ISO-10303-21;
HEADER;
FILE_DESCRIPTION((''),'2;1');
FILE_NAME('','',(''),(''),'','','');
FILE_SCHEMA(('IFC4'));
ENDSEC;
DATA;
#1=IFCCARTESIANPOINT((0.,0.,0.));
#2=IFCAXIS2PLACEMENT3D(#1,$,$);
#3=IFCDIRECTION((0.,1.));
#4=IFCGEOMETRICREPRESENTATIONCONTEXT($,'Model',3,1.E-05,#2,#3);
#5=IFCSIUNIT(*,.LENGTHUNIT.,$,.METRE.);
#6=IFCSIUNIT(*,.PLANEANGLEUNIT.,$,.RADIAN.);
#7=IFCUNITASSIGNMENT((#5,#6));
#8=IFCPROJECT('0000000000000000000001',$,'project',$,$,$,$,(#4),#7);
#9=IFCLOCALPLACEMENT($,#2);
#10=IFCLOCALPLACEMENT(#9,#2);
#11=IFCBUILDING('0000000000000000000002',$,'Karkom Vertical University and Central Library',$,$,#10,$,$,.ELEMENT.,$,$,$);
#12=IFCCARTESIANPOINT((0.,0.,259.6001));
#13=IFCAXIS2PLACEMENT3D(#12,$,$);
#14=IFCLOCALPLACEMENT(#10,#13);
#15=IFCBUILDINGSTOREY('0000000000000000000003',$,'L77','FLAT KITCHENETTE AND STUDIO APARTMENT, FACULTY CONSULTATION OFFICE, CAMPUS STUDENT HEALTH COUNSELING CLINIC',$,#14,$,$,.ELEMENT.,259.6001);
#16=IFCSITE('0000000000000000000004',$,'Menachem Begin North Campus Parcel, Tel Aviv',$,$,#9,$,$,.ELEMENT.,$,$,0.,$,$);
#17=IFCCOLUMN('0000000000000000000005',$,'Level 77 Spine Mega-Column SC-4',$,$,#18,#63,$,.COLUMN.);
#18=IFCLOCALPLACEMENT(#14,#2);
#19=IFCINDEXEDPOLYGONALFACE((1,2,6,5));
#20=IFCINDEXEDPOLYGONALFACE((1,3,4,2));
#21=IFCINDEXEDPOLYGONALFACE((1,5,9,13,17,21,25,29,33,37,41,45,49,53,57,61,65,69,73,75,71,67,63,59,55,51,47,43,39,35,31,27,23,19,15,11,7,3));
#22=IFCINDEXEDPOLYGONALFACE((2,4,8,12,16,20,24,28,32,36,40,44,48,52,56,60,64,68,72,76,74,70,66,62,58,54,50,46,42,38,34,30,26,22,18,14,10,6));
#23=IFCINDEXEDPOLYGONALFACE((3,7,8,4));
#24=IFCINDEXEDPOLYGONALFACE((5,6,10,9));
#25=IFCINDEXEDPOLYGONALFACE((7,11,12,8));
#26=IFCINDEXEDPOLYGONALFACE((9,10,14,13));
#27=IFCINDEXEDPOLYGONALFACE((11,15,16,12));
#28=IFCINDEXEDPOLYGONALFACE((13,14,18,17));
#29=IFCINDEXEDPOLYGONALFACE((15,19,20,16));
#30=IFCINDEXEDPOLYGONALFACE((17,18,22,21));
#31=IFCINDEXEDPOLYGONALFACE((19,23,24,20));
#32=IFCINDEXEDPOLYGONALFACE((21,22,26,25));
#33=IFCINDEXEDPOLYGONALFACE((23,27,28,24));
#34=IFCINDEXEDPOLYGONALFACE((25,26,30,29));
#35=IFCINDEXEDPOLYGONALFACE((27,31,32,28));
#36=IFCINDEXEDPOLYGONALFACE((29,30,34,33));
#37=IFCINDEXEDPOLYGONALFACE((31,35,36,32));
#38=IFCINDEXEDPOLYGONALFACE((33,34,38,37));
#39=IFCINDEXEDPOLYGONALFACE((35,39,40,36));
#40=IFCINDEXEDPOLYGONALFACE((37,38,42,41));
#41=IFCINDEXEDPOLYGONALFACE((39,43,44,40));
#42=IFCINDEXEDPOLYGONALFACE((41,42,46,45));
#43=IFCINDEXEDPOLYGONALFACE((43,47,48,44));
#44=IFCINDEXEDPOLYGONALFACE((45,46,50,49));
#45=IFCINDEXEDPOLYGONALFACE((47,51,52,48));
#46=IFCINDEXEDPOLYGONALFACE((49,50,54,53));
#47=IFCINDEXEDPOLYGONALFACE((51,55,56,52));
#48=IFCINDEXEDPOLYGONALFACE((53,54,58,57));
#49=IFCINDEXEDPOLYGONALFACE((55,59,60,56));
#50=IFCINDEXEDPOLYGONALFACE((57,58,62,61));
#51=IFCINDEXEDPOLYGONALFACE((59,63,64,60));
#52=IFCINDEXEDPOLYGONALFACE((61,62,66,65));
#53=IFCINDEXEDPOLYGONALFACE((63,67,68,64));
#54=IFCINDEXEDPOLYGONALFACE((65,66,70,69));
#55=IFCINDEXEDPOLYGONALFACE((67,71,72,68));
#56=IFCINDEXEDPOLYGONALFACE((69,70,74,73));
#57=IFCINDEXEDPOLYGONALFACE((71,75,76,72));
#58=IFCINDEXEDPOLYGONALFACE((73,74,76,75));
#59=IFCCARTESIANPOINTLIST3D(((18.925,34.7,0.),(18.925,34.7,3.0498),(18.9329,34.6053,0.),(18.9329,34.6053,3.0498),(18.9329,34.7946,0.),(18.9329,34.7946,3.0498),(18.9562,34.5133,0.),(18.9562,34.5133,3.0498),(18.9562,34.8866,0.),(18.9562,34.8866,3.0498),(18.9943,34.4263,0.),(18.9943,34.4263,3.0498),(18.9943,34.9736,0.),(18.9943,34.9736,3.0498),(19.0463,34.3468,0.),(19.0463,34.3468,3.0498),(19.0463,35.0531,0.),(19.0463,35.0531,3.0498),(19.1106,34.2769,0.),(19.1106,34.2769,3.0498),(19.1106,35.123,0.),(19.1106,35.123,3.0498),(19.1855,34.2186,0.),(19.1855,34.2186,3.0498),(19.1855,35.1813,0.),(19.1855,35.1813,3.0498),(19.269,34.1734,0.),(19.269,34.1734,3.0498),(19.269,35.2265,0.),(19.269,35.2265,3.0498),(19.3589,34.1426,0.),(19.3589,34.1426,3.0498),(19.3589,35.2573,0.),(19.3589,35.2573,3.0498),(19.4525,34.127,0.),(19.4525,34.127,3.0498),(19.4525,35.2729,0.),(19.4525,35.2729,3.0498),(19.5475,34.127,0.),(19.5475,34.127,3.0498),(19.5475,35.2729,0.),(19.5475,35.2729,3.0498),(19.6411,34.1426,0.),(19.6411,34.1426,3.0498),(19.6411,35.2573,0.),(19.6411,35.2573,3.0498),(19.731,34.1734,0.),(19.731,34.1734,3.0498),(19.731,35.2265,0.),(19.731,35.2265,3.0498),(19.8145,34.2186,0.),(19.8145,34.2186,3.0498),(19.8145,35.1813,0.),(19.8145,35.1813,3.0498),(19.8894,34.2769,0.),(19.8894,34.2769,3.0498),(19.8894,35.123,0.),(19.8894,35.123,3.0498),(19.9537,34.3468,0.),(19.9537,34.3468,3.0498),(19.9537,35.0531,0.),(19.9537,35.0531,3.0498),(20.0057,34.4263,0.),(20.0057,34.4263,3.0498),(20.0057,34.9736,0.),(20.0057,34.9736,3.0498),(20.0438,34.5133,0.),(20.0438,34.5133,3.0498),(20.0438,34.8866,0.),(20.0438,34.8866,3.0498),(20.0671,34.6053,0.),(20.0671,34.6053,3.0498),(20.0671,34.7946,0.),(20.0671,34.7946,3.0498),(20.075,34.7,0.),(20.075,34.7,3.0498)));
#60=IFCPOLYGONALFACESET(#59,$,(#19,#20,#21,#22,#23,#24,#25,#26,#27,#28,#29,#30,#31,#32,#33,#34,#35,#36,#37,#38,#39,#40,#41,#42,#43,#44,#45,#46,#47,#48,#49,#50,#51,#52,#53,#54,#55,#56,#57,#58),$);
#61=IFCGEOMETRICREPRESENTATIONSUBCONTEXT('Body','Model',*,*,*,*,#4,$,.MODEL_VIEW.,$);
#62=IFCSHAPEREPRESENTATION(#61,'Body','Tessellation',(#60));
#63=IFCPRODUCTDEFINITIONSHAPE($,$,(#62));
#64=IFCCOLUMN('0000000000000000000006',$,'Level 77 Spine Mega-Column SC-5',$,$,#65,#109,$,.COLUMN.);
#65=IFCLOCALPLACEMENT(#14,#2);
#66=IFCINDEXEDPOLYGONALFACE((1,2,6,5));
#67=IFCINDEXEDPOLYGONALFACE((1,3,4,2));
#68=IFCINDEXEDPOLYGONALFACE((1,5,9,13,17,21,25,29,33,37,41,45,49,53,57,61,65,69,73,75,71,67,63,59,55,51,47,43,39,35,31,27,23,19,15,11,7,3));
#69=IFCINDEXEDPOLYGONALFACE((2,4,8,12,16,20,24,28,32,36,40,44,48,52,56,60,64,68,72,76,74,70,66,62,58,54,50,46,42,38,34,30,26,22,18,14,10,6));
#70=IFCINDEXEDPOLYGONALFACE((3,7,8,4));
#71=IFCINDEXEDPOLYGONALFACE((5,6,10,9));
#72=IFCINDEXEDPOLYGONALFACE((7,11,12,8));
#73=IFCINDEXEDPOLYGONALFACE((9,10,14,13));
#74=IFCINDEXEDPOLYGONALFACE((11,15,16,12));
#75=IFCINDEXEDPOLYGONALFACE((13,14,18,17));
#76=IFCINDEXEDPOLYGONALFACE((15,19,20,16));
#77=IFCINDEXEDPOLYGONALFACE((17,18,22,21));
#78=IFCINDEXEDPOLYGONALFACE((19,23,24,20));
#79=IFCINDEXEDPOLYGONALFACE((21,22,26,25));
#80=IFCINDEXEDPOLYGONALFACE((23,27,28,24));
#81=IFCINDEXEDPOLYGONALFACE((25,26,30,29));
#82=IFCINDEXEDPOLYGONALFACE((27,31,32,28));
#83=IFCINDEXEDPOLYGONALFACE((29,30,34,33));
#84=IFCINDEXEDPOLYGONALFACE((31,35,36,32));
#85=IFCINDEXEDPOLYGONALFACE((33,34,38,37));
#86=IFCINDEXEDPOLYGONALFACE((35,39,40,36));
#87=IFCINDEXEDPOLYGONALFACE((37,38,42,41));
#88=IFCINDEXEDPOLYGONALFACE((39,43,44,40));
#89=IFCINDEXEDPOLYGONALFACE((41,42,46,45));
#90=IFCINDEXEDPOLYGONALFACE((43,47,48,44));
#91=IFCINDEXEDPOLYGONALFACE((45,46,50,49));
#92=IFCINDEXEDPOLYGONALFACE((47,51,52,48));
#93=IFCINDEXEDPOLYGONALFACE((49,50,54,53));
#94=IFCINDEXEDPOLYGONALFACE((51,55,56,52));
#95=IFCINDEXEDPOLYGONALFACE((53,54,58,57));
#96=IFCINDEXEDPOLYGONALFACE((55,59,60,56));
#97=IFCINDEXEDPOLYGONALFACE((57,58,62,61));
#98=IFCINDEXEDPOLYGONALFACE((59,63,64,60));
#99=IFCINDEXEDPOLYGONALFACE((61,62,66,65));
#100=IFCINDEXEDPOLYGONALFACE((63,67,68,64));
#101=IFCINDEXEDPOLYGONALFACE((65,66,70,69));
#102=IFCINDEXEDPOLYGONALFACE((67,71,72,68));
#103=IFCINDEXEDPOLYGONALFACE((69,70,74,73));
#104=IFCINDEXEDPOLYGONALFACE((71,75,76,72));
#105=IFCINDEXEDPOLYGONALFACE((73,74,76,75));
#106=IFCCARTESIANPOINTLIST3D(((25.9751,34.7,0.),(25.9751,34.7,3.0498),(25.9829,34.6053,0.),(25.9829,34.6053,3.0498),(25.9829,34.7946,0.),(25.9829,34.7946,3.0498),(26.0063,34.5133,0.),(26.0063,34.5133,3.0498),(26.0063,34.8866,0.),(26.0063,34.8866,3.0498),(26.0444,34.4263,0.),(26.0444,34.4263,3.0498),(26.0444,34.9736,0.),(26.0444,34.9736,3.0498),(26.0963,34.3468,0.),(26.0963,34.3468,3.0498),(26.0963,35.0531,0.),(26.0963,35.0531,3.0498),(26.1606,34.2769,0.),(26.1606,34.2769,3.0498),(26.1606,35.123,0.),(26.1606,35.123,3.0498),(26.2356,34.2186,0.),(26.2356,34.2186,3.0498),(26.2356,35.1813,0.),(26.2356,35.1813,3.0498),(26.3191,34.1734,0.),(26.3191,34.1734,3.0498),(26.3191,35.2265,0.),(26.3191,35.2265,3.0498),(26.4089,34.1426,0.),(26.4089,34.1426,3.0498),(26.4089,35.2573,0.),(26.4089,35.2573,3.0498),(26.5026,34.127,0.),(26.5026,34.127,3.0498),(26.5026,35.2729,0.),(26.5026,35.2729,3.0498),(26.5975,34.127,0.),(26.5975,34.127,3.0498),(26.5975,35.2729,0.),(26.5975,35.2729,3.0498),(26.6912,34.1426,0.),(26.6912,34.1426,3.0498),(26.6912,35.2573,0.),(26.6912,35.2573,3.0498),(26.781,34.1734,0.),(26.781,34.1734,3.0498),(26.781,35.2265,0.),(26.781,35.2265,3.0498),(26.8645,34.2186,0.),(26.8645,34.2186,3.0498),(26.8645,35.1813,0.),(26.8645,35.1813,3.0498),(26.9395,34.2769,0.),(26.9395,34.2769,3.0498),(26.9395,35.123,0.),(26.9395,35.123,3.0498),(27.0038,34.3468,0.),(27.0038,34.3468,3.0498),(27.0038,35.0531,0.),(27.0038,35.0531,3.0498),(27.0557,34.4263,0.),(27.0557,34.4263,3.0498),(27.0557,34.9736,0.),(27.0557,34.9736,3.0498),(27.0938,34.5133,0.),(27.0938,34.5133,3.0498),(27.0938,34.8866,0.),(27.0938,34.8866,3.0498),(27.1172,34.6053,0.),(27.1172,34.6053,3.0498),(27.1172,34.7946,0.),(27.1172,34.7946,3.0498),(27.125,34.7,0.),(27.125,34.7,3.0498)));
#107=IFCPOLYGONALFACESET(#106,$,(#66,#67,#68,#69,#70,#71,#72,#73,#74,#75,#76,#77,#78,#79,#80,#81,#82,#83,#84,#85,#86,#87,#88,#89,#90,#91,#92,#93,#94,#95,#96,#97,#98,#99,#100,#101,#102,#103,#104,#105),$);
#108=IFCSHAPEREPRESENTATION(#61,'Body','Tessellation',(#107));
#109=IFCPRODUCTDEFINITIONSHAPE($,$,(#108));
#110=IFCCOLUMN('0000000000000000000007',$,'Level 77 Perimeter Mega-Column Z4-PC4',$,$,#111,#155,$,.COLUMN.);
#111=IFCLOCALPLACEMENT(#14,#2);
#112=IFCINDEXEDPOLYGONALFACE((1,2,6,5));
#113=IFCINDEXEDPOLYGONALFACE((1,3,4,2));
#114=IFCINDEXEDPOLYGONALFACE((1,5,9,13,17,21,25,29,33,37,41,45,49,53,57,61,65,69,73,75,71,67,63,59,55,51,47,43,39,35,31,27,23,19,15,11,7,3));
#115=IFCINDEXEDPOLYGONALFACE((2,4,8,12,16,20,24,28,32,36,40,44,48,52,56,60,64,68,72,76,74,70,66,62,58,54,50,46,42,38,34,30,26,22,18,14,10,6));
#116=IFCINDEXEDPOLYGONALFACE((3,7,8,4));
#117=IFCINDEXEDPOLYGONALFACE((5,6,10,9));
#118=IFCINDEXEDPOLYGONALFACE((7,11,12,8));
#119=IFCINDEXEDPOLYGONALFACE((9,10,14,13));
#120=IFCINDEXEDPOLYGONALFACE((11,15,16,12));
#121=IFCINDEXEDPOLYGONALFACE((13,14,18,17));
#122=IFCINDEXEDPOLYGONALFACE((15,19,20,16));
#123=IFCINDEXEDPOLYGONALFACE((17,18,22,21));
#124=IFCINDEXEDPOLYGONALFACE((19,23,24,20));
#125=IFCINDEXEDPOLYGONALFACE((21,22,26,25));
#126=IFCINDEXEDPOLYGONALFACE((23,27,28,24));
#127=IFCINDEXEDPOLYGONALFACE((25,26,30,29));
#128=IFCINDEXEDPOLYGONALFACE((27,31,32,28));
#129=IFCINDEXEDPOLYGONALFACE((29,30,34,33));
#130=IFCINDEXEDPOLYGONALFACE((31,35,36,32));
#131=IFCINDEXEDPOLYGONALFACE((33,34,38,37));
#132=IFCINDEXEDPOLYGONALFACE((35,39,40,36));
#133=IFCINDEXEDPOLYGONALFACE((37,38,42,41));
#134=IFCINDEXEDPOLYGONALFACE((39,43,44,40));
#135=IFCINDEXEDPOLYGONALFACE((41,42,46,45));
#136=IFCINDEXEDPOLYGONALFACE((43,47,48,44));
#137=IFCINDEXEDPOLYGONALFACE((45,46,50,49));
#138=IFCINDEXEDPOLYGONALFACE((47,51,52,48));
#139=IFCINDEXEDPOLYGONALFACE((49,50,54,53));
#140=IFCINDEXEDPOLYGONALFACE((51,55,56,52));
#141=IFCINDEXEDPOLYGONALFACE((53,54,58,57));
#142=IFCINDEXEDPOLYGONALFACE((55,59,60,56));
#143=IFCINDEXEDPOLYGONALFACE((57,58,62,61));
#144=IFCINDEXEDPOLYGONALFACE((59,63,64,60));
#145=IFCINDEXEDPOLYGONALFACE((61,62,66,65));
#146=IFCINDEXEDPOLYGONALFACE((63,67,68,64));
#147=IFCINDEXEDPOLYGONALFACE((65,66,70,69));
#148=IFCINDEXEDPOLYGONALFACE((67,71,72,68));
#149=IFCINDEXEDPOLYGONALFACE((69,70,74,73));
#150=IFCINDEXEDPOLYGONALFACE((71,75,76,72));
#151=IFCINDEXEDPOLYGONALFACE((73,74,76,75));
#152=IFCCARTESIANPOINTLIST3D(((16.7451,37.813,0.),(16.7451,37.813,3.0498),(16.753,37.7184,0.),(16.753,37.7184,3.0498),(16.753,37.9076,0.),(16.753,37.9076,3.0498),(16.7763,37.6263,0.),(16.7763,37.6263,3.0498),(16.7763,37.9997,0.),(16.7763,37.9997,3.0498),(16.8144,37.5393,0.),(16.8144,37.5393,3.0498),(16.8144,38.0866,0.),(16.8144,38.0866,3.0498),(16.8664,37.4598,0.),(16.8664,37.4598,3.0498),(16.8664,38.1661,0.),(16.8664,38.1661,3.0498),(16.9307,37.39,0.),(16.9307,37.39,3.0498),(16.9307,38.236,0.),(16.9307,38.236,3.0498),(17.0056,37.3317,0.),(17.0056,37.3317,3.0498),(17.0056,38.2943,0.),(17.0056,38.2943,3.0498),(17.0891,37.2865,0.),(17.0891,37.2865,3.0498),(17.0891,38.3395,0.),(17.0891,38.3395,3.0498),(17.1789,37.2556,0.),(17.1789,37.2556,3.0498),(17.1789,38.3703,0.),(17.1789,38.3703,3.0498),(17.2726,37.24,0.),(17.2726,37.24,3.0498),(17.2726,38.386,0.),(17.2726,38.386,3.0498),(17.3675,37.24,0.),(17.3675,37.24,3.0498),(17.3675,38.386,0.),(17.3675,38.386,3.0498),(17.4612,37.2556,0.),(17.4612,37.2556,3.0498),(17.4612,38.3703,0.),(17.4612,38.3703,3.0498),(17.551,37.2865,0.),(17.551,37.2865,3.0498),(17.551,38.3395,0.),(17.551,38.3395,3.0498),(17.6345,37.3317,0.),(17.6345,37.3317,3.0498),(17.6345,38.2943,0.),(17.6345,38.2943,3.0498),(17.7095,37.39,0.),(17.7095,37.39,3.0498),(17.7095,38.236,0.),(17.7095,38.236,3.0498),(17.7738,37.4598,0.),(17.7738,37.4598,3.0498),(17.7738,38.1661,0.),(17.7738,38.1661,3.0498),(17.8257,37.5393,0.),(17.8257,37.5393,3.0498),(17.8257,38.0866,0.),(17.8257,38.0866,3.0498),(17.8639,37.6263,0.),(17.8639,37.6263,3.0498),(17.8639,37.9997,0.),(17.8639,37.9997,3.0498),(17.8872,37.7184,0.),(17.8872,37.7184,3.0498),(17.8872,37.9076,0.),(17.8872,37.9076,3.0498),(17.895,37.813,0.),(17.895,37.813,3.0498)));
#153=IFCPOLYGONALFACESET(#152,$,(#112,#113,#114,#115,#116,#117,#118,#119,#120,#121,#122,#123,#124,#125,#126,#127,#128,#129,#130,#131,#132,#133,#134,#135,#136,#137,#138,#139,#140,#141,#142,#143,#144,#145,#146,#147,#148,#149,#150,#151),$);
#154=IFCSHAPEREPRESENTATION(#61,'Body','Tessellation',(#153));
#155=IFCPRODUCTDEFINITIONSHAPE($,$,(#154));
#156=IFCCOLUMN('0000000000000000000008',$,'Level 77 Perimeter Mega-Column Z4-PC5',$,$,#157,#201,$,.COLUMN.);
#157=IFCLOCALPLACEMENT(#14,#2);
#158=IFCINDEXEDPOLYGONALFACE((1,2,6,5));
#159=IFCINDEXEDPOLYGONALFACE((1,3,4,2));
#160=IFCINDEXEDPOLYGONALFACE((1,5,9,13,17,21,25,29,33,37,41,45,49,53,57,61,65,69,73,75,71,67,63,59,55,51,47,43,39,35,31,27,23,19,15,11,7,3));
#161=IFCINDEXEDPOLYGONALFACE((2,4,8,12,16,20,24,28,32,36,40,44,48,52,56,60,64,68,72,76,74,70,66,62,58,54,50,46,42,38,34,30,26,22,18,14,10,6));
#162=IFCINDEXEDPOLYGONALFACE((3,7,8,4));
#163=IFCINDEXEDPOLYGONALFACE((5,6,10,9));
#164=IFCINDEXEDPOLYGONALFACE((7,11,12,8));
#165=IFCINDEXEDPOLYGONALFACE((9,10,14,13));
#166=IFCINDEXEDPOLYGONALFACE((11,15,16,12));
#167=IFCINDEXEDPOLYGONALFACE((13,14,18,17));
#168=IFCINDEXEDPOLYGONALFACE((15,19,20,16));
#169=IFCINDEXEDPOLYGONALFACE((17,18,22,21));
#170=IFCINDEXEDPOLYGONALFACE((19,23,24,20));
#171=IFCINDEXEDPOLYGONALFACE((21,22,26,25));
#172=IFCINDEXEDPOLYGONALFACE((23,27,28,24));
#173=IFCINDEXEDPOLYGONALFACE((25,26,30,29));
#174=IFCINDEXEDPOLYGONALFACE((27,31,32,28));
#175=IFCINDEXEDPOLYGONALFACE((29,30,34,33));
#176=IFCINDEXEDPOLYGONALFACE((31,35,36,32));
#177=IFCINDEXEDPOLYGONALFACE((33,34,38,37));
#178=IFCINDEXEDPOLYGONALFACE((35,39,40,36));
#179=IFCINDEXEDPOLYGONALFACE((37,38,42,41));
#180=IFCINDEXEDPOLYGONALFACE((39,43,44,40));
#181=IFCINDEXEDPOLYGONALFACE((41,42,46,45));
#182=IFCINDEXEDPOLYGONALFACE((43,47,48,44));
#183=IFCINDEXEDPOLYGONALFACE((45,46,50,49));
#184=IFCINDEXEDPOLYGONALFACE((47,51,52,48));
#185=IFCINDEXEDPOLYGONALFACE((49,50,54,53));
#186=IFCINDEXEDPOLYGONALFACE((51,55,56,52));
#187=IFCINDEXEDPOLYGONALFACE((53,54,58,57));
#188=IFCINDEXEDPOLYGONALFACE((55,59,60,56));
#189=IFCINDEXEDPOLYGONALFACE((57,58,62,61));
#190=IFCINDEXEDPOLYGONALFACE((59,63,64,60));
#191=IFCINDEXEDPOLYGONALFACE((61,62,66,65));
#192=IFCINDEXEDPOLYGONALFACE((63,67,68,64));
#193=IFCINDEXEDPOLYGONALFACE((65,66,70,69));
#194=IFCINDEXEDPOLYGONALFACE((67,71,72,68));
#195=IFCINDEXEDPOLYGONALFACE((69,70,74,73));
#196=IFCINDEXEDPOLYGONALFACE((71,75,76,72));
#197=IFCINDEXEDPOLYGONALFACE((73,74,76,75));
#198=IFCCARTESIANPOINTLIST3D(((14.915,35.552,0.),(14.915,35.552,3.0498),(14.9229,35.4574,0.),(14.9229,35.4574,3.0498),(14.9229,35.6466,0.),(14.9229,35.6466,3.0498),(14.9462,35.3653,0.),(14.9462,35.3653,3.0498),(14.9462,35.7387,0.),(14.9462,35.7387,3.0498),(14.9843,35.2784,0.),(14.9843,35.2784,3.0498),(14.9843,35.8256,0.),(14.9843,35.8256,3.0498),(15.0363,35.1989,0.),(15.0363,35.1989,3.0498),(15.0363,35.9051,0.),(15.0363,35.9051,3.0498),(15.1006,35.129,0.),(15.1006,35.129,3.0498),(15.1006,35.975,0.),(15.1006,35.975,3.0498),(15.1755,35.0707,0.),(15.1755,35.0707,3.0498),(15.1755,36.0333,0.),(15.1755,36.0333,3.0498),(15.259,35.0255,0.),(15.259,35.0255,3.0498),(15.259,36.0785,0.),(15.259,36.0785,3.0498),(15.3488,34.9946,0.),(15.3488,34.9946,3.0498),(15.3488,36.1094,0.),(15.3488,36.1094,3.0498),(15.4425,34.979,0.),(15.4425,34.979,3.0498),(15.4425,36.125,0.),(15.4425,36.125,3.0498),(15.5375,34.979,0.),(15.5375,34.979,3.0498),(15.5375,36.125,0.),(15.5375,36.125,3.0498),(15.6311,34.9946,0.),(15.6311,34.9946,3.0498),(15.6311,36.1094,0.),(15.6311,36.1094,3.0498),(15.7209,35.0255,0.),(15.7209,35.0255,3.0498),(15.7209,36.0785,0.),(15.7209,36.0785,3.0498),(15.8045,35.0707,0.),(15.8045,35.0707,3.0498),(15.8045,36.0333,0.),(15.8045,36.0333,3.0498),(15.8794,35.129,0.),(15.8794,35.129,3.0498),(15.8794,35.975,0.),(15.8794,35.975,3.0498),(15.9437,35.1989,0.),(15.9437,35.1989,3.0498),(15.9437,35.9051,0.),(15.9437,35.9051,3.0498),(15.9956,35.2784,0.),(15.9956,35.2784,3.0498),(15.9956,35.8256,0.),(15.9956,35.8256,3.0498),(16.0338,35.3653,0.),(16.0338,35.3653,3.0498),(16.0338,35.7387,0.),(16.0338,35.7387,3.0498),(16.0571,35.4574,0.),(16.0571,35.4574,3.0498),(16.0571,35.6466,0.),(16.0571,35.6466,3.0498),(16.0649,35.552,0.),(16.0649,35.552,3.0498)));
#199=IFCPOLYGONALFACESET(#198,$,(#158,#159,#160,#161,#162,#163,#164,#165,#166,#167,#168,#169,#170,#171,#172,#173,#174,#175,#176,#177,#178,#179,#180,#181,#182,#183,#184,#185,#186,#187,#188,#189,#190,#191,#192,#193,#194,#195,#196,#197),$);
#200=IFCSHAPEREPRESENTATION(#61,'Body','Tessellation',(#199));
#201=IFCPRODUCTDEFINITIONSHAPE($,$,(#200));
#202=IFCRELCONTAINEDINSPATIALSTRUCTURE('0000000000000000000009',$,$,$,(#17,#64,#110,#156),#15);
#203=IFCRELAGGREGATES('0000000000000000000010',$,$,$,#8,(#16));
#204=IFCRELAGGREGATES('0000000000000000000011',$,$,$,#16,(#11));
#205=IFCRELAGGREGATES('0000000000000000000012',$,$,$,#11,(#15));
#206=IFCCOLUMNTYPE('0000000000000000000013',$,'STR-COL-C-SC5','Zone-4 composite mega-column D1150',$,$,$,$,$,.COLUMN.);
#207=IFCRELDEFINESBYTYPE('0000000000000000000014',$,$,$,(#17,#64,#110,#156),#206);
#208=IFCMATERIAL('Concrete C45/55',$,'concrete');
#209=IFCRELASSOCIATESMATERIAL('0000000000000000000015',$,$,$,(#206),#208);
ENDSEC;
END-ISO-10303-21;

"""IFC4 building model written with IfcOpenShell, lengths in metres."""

from ifc_helpers import new_model, si_unit, direction, frame, origin, origin_with_axes, origin_2d, place, context, subcontext, project, spatial, circle, extrude, source, transform, mapped, material, material_profile, profile_set, type_object, element, save


model = new_model("IFC4")

# Units and contexts
model_context = context("Model", 3, precision=1e-05, world=origin(), true_north=direction((0.0, 1.0)))
body_context = subcontext(model_context, "Body", "Model", "MODEL_VIEW")
ifc_project = project(units=[si_unit("LENGTHUNIT", "METRE"), si_unit("PLANEANGLEUNIT", "RADIAN")], contexts=[model_context])

# Site, building, storey
site_placement = place(None, origin())
site = spatial("IfcSite", under=ifc_project, at=site_placement, Name="Menachem Begin North Campus Parcel, Tel Aviv", CompositionType="ELEMENT", RefElevation=0.0)
building_placement = place(site_placement, origin())
building = spatial("IfcBuilding", under=site, at=building_placement, Name="Karkom Vertical University and Central Library", CompositionType="ELEMENT")
storey_placement = place(building_placement, frame((0.0, 0.0, 259.6001)))
storey = spatial("IfcBuildingStorey", under=building, at=storey_placement, Name="L77", Description="FLAT KITCHENETTE AND STUDIO APARTMENT, FACULTY CONSULTATION OFFICE, CAMPUS STUDENT HEALTH COUNSELING CLINIC", CompositionType="ELEMENT", Elevation=259.6001)

# Columns
ifc_material_1 = material(Name="Concrete C45/55", Category="concrete")
ifc_material_profile_1 = material_profile(ifc_material_1, circle(Radius=0.575, at=origin_2d()), Name="CFT-D1150")
ifc_profile_set_1 = profile_set([ifc_material_profile_1], Name="Concrete C45/55")
column_type = type_object("IfcColumnType", Name="STR-COL-C-SC5", Description="Zone-4 composite mega-column D1150", PredefinedType="COLUMN", material=ifc_profile_set_1)
shared_shape_1 = source(origin_with_axes(), body_context, "Body", "SweptSolid", [
    extrude(circle(Radius=0.575, at=origin_2d()), origin(), (0.0, 0.0, 1.0), 3.0498),
])
for number, where, z_axis, x_axis, name in (
    (1, (19.5, 34.7, 0.0), (0.0, 0.0, 1.0), (1.0, 0.0, 0.0), "Level 77 Spine Mega-Column SC-4"),
    (2, (26.55, 34.7, 0.0), (0.0, 0.0, 1.0), (1.0, 0.0, 0.0), "Level 77 Spine Mega-Column SC-5"),
    (3, (17.3201, 37.813, 0.0), (0.0, 0.0, 1.0), (1.0, 0.0, 0.0), "Level 77 Perimeter Mega-Column Z4-PC4"),
    (4, (15.49, 35.552, 0.0), (0.0, 0.0, 1.0), (1.0, 0.0, 0.0), "Level 77 Perimeter Mega-Column Z4-PC5"),
):
    element("IfcColumn", number, at=place(storey_placement, frame(where, z_axis=z_axis, x_axis=x_axis)), inside=storey, type_object=column_type, Name=name, PredefinedType="COLUMN", context=body_context, shape_type="MappedRepresentation", body=[
        mapped(shared_shape_1, transform((0.0, 0.0, 0.0), scale=1.0)),
    ])

save(model, "model.ifc")
